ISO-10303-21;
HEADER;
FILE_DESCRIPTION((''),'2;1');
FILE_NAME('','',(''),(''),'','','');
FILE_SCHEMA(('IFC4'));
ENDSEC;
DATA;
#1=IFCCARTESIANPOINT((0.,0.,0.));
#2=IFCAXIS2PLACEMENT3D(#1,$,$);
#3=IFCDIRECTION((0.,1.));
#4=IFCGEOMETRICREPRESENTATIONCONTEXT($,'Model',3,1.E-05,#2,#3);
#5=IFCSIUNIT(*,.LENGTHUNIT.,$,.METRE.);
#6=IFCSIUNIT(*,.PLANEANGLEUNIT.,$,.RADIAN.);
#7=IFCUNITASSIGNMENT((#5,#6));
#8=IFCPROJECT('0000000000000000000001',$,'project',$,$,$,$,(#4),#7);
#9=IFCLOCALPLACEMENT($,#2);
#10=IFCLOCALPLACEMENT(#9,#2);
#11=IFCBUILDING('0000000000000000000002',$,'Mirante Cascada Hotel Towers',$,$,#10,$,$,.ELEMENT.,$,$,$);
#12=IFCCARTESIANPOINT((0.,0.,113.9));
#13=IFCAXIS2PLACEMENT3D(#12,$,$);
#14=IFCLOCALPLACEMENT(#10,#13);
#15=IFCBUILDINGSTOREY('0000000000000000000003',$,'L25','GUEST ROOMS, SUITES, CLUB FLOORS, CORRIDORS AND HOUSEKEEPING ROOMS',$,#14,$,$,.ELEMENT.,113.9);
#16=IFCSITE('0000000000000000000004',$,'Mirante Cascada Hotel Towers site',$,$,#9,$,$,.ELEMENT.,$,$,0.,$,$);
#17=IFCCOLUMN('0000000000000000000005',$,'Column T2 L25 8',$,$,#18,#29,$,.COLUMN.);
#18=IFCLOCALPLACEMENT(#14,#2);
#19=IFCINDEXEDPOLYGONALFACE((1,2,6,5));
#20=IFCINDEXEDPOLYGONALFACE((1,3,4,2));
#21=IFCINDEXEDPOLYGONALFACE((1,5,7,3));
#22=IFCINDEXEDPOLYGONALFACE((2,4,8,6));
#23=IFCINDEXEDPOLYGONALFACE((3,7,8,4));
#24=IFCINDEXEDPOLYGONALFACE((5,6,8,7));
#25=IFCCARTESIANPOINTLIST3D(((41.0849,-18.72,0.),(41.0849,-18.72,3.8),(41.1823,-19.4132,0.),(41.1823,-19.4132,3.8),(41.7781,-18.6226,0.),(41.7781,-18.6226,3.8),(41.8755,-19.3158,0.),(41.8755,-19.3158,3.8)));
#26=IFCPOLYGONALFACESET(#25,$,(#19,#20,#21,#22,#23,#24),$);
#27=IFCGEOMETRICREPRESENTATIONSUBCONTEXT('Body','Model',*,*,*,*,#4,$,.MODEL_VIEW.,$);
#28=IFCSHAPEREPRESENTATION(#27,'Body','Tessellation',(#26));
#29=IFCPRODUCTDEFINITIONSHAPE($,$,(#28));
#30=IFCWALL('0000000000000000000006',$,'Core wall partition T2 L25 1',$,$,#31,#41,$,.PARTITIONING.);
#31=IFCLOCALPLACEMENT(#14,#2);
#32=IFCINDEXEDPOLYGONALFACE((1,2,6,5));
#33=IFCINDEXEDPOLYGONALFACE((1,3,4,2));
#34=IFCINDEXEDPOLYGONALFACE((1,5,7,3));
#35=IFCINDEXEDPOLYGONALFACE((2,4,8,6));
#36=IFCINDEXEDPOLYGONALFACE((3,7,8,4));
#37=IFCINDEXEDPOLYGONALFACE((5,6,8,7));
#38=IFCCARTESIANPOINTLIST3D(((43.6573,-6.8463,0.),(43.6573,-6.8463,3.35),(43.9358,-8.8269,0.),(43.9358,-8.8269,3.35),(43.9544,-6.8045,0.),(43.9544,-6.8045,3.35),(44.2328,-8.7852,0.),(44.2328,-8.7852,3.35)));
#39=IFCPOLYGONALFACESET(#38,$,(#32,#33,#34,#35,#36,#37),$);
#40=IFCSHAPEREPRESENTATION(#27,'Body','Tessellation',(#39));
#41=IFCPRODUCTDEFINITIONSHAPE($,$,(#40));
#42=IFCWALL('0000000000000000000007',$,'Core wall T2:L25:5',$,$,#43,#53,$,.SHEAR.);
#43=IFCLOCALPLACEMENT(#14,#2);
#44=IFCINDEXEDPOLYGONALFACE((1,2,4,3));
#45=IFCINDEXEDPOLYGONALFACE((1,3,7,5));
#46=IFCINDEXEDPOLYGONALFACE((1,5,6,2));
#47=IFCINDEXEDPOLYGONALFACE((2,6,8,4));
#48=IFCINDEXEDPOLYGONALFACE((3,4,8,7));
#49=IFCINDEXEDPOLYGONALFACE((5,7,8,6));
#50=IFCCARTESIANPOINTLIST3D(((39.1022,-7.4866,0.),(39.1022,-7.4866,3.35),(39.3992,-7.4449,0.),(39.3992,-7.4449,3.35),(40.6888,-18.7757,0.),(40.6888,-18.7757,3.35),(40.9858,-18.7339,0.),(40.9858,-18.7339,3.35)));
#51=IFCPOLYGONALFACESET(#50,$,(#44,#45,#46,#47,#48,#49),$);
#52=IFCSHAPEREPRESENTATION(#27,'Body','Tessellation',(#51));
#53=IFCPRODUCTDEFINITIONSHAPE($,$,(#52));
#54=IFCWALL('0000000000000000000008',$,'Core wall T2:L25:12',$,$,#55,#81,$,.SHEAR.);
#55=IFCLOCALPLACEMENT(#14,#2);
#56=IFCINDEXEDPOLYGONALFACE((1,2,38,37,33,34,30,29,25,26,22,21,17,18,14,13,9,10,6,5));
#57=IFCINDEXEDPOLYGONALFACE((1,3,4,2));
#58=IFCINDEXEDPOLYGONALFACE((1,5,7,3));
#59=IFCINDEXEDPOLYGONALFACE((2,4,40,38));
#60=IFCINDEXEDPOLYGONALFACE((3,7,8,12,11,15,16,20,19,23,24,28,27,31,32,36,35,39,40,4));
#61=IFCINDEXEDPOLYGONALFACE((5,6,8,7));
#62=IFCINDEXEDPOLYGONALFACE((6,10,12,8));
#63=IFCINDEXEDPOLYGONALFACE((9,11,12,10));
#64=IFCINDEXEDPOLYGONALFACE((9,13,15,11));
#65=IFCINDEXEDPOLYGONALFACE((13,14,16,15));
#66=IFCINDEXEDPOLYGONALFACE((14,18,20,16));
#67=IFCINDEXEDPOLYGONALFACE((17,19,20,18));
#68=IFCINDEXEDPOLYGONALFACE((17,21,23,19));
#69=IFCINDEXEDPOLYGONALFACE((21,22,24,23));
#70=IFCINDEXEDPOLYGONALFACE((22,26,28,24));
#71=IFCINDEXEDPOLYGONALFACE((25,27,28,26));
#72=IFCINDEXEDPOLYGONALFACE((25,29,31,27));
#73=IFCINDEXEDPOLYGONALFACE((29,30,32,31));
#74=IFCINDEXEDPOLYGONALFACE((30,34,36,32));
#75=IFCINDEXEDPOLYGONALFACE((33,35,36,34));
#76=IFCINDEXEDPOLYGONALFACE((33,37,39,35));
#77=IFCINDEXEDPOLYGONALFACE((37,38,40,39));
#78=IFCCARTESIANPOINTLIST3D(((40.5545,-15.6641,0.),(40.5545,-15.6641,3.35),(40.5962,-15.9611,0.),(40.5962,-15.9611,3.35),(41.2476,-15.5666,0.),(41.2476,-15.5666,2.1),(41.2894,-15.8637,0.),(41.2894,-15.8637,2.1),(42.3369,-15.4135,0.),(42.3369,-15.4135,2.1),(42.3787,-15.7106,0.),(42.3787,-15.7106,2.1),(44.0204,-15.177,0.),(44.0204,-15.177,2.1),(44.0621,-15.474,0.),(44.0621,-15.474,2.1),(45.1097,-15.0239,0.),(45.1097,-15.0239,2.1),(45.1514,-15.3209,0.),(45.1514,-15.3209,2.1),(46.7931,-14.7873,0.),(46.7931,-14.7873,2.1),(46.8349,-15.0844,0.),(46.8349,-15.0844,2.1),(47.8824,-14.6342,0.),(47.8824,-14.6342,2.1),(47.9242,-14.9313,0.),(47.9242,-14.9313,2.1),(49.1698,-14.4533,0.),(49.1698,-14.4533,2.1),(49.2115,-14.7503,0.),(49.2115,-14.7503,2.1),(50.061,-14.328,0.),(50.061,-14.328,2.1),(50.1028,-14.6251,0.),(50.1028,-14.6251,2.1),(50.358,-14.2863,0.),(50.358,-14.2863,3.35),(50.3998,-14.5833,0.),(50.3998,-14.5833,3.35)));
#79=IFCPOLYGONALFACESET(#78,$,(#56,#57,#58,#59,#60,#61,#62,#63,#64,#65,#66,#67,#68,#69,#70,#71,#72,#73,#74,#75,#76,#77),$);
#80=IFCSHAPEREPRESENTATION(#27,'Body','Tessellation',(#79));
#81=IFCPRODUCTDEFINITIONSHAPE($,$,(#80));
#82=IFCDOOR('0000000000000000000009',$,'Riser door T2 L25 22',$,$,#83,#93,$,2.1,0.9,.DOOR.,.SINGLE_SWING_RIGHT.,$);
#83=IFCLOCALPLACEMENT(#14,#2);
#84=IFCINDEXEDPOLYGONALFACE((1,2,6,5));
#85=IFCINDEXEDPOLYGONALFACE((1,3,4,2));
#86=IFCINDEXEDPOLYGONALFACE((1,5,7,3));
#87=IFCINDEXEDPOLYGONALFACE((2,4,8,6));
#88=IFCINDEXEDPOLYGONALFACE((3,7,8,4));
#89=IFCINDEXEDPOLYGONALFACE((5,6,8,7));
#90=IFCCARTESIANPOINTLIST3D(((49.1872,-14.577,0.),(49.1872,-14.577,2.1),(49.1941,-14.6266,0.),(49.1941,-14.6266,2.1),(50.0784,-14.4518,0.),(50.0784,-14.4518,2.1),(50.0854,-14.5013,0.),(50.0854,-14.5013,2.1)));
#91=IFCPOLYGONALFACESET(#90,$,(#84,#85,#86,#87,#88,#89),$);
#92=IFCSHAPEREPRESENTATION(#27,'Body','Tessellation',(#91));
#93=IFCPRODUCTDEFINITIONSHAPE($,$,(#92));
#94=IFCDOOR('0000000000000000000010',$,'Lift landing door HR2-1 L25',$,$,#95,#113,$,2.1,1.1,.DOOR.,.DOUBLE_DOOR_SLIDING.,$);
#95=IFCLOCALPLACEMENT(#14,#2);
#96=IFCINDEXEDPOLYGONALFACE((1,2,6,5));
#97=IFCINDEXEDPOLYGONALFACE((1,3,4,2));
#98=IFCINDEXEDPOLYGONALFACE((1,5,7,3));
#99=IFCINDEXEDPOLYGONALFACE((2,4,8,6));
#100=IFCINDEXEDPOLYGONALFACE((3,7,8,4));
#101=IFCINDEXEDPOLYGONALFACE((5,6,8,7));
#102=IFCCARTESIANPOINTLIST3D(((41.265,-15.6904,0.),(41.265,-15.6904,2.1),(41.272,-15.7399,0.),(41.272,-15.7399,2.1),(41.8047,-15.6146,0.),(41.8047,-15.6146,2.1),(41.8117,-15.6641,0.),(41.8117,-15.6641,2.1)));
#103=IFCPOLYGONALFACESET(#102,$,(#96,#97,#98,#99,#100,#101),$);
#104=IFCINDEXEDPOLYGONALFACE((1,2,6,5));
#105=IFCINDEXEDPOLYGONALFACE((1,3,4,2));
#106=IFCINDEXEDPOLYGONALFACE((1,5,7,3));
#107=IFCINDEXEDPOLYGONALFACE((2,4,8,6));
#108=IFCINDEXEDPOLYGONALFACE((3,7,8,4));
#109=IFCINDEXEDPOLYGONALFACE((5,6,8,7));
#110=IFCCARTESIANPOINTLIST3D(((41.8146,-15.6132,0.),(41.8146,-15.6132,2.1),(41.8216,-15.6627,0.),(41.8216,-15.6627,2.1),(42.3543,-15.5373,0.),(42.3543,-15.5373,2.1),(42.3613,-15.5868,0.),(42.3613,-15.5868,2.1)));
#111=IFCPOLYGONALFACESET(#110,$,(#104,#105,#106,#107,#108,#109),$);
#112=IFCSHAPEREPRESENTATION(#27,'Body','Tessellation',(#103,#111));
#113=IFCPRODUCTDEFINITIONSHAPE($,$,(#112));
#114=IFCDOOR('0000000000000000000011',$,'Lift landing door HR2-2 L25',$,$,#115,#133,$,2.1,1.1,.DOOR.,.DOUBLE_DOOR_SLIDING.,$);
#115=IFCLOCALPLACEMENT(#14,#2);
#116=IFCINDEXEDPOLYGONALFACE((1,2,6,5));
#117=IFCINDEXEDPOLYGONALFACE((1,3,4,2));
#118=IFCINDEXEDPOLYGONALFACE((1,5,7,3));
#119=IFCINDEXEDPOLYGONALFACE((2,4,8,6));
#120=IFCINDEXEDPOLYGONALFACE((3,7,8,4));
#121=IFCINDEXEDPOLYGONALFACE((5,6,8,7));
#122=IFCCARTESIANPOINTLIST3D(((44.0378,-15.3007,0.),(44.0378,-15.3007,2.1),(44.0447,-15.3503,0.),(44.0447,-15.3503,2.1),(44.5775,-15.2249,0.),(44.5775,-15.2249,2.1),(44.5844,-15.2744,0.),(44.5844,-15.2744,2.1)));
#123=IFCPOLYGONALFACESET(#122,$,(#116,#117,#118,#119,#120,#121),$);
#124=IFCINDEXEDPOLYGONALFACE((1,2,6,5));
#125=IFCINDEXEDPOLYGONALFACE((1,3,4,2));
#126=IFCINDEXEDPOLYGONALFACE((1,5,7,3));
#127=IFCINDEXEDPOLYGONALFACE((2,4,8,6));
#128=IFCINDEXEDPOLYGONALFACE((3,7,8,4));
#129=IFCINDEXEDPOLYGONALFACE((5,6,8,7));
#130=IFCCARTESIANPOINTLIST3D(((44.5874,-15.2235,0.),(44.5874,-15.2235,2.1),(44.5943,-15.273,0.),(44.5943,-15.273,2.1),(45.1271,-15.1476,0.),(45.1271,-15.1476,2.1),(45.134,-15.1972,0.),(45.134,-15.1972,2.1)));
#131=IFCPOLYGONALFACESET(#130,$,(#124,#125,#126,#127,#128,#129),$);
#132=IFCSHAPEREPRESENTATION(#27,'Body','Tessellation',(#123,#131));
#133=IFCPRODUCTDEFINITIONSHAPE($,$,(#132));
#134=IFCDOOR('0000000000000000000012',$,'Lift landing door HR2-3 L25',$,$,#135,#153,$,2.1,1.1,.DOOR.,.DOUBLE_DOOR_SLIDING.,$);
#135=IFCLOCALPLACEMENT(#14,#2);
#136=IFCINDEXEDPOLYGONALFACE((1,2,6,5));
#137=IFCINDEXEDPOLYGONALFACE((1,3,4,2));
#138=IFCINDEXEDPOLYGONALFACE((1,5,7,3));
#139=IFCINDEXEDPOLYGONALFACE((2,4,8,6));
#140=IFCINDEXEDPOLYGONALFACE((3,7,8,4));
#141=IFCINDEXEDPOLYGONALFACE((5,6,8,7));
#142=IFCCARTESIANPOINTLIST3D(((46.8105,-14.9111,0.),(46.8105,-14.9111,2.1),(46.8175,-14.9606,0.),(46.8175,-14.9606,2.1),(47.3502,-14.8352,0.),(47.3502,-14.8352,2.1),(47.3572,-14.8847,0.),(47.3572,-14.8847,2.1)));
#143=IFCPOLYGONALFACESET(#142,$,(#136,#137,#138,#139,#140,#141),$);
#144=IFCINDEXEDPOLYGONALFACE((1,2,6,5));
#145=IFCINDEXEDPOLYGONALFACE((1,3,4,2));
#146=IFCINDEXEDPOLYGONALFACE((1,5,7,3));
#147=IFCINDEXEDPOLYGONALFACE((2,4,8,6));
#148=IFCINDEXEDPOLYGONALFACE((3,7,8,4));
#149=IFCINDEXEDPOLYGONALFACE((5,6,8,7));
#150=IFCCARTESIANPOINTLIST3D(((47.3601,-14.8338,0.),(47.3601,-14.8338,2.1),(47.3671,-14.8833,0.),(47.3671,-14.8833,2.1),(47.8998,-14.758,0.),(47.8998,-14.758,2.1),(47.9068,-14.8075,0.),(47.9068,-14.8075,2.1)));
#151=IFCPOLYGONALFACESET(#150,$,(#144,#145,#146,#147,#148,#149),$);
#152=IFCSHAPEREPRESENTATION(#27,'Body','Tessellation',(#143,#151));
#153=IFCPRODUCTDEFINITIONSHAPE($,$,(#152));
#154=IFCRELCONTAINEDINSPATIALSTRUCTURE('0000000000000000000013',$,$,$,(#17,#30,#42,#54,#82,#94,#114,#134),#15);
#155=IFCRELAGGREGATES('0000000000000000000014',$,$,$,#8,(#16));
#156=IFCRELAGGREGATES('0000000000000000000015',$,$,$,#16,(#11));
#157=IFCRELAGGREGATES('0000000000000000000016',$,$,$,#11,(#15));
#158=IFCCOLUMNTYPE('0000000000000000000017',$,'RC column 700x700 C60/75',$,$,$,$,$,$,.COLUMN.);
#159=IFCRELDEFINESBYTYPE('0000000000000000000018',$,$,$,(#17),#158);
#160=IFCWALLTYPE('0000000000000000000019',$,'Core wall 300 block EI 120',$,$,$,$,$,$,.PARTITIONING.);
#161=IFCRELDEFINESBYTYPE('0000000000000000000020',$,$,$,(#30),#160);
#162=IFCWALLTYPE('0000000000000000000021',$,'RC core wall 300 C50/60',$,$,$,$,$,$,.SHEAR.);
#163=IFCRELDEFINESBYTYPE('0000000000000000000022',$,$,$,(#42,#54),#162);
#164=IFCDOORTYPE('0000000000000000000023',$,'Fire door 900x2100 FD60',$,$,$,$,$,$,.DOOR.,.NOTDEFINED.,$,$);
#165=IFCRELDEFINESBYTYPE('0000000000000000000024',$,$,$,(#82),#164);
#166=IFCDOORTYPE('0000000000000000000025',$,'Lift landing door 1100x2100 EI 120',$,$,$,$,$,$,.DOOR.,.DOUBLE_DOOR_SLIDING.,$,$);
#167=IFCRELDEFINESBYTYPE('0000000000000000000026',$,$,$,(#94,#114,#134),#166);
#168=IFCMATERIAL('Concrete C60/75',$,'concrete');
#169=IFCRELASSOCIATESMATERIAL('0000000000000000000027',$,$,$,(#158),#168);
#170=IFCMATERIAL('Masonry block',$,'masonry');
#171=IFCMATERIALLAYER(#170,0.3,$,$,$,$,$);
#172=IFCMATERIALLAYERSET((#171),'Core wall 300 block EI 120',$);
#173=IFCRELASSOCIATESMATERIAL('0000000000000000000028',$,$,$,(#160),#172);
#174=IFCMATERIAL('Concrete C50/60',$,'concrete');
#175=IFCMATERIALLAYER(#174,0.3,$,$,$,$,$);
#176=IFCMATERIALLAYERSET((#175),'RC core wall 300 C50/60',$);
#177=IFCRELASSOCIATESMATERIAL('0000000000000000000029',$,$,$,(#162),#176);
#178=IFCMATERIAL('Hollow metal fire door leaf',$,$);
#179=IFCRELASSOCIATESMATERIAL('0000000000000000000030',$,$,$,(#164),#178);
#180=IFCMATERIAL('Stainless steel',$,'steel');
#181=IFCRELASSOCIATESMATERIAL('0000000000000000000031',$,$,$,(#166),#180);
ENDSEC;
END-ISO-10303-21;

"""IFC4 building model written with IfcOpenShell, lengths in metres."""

from ifc_helpers import new_model, si_unit, direction, frame, frame_2d, origin, origin_2d, place, context, subcontext, project, spatial, rectangle, extrude, material, layer, layer_set, material_profile, profile_set, type_object, element, fill, save


model = new_model("IFC4")

# Units and contexts
model_context = context("Model", 3, precision=1e-05, world=origin(), true_north=direction((0.0, 1.0)))
body_context = subcontext(model_context, "Body", "Model", "MODEL_VIEW")
ifc_project = project(units=[si_unit("LENGTHUNIT", "METRE"), si_unit("PLANEANGLEUNIT", "RADIAN")], contexts=[model_context])

# Site, building, storey
site_placement = place(None, origin())
site = spatial("IfcSite", under=ifc_project, at=site_placement, Name="Mirante Cascada Hotel Towers site", CompositionType="ELEMENT", RefElevation=0.0)
building_placement = place(site_placement, origin())
building = spatial("IfcBuilding", under=site, at=building_placement, Name="Mirante Cascada Hotel Towers", CompositionType="ELEMENT")
storey_placement = place(building_placement, frame((0.0, 0.0, 113.9)))
storey = spatial("IfcBuildingStorey", under=building, at=storey_placement, Name="L25", Description="GUEST ROOMS, SUITES, CLUB FLOORS, CORRIDORS AND HOUSEKEEPING ROOMS", CompositionType="ELEMENT", Elevation=113.9)

# Column
ifc_material_1 = material(Name="Concrete C60/75", Category="concrete")
ifc_material_profile = material_profile(ifc_material_1, rectangle(XDim=0.7, YDim=0.7, at=origin_2d()), Name="RC column 700x700 C60/75")
ifc_profile_set = profile_set([ifc_material_profile], Name="Concrete C60/75")
column_type = type_object("IfcColumnType", Name="RC column 700x700 C60/75", PredefinedType="COLUMN", material=ifc_profile_set)
column_placement = place(storey_placement, frame((41.4802, -19.0179, 0.0), z_axis=(0.0, 0.0, 1.0), x_axis=(0.990268, 0.139173, 0.0)))
element("IfcColumn", 1, at=column_placement, inside=storey, type_object=column_type, Name="Column T2 L25 8", PredefinedType="COLUMN", context=body_context, shape_type="SweptSolid", body=[
    extrude(rectangle(XDim=0.7, YDim=0.7, at=origin_2d()), origin(), (0.0, 0.0, 1.0), 3.8),
])

# Walls
ifc_material_2 = material(Name="Masonry block", Category="masonry")
ifc_layer_1 = layer(ifc_material_2, 0.3)
ifc_layer_set_1 = layer_set([ifc_layer_1], Name="Core wall 300 block EI 120")
wall_type_1 = type_object("IfcWallType", Name="Core wall 300 block EI 120", PredefinedType="PARTITIONING", material=ifc_layer_set_1)
wall_1_placement = place(storey_placement, frame((44.0843, -8.8061, 0.0), z_axis=(0.0, 0.0, 1.0), x_axis=(-0.139195, 0.990265, 0.0)))
element("IfcWall", 2, at=wall_1_placement, inside=storey, type_object=wall_type_1, Name="Core wall partition T2 L25 1", PredefinedType="PARTITIONING", context=body_context, shape_type="SweptSolid", body=[
    extrude(rectangle(XDim=2.0001, YDim=0.3, at=frame_2d((1.0001, 0.0))), origin(), (0.0, 0.0, 1.0), 3.35),
])
ifc_material_3 = material(Name="Concrete C50/60", Category="concrete")
ifc_layer_2 = layer(ifc_material_3, 0.3)
ifc_layer_set_2 = layer_set([ifc_layer_2], Name="RC core wall 300 C50/60")
wall_type_2 = type_object("IfcWallType", Name="RC core wall 300 C50/60", PredefinedType="SHEAR", material=ifc_layer_set_2)
wall_2_placement = place(storey_placement, frame((40.8373, -18.7548, 0.0), z_axis=(0.0, 0.0, 1.0), x_axis=(-0.139175, 0.990268, 0.0)))
element("IfcWall", 3, at=wall_2_placement, inside=storey, type_object=wall_type_2, Name="Core wall T2:L25:5", PredefinedType="SHEAR", context=body_context, shape_type="SweptSolid", body=[
    extrude(rectangle(XDim=11.4, YDim=0.3, at=frame_2d((5.7, 0.0))), origin(), (0.0, 0.0, 1.0), 3.35),
])

# Wall, openings, doors
wall_3_placement = place(storey_placement, frame((40.5753, -15.8126, 0.0), z_axis=(0.0, 0.0, 1.0), x_axis=(0.990268, 0.139173, 0.0)))
wall_3 = element("IfcWall", 4, at=wall_3_placement, inside=storey, type_object=wall_type_2, Name="Core wall T2:L25:12", PredefinedType="SHEAR", context=body_context, shape_type="SweptSolid", body=[
    extrude(rectangle(XDim=9.8999, YDim=0.3, at=frame_2d((4.95, 0.0))), origin(), (0.0, 0.0, 1.0), 3.35),
])
opening_1_placement = place(wall_3_placement, frame((0.7, 0.0, 0.0)))
opening_1 = element("IfcOpeningElement", 5, at=opening_1_placement, cuts=wall_3, PredefinedType="OPENING", context=body_context, shape_type="SweptSolid", body=[
    extrude(rectangle(XDim=1.1, YDim=2.1, at=frame_2d((0.55, 1.05))), frame((0.0, 0.15, 0.0), z_axis=(0.0, -1.0, 0.0), x_axis=(1.0, 0.0, 0.0)), (0.0, 0.0, 1.0), 0.3),
])
opening_2_placement = place(wall_3_placement, frame((3.5, 0.0, 0.0)))
opening_2 = element("IfcOpeningElement", 6, at=opening_2_placement, cuts=wall_3, PredefinedType="OPENING", context=body_context, shape_type="SweptSolid", body=[
    extrude(rectangle(XDim=1.1, YDim=2.1, at=frame_2d((0.55, 1.05))), frame((0.0, 0.15, 0.0), z_axis=(0.0, -1.0, 0.0), x_axis=(1.0, 0.0, 0.0)), (0.0, 0.0, 1.0), 0.3),
])
opening_3_placement = place(wall_3_placement, frame((6.3, 0.0, 0.0)))
opening_3 = element("IfcOpeningElement", 7, at=opening_3_placement, cuts=wall_3, PredefinedType="OPENING", context=body_context, shape_type="SweptSolid", body=[
    extrude(rectangle(XDim=1.1, YDim=2.1, at=frame_2d((0.55, 1.05))), frame((0.0, 0.15, 0.0), z_axis=(0.0, -1.0, 0.0), x_axis=(1.0, 0.0, 0.0)), (0.0, 0.0, 1.0), 0.3),
])
opening_4_placement = place(wall_3_placement, frame((8.7, 0.0, 0.0)))
opening_4 = element("IfcOpeningElement", 8, at=opening_4_placement, cuts=wall_3, PredefinedType="OPENING", context=body_context, shape_type="SweptSolid", body=[
    extrude(rectangle(XDim=0.9, YDim=2.1, at=frame_2d((0.45, 1.05))), frame((0.0, 0.15, 0.0), z_axis=(0.0, -1.0, 0.0), x_axis=(1.0, 0.0, 0.0)), (0.0, 0.0, 1.0), 0.3),
])
ifc_material_4 = material(Name="Hollow metal fire door leaf")
door_type_1 = type_object("IfcDoorType", Name="Fire door 900x2100 FD60", OperationType="NOTDEFINED", PredefinedType="DOOR", material=ifc_material_4)
door_1_placement = place(opening_4_placement, frame((0.9, 0.0, 0.0), z_axis=(0.0, 0.0, 1.0), x_axis=(-1.0, 0.0, 0.0)))
door_1 = element("IfcDoor", 9, at=door_1_placement, inside=storey, type_object=door_type_1, Name="Riser door T2 L25 22", OperationType="SINGLE_SWING_RIGHT", OverallHeight=2.1, OverallWidth=0.9, PredefinedType="DOOR", context=body_context, shape_type="SweptSolid", body=[
    extrude(rectangle(XDim=0.9, YDim=2.1, at=frame_2d((0.45, 1.05))), frame((0.0, 0.025, 0.0), z_axis=(0.0, -1.0, 0.0), x_axis=(1.0, 0.0, 0.0)), (0.0, 0.0, 1.0), 0.05),
])
fill(opening_4, door_1)
ifc_material_5 = material(Name="Stainless steel", Category="steel")
door_type_2 = type_object("IfcDoorType", Name="Lift landing door 1100x2100 EI 120", OperationType="DOUBLE_DOOR_SLIDING", PredefinedType="DOOR", material=ifc_material_5)
door_2_placement = place(opening_1_placement, origin())
door_2 = element("IfcDoor", 10, at=door_2_placement, inside=storey, type_object=door_type_2, Name="Lift landing door HR2-1 L25", OperationType="DOUBLE_DOOR_SLIDING", OverallHeight=2.1, OverallWidth=1.1, PredefinedType="DOOR", context=body_context, shape_type="SweptSolid", body=[
    extrude(rectangle(XDim=0.545, YDim=2.1, at=frame_2d((0.2725, 1.05))), frame((0.0, 0.025, 0.0), z_axis=(0.0, -1.0, 0.0), x_axis=(1.0, 0.0, 0.0)), (0.0, 0.0, 1.0), 0.05),
    extrude(rectangle(XDim=0.545, YDim=2.1, at=frame_2d((0.8275, 1.05))), frame((0.0, 0.025, 0.0), z_axis=(0.0, -1.0, 0.0), x_axis=(1.0, 0.0, 0.0)), (0.0, 0.0, 1.0), 0.05),
])
fill(opening_1, door_2)
door_3_placement = place(opening_2_placement, origin())
door_3 = element("IfcDoor", 11, at=door_3_placement, inside=storey, type_object=door_type_2, Name="Lift landing door HR2-2 L25", OperationType="DOUBLE_DOOR_SLIDING", OverallHeight=2.1, OverallWidth=1.1, PredefinedType="DOOR", context=body_context, shape_type="SweptSolid", body=[
    extrude(rectangle(XDim=0.545, YDim=2.1, at=frame_2d((0.2725, 1.05))), frame((0.0, 0.025, 0.0), z_axis=(0.0, -1.0, 0.0), x_axis=(1.0, 0.0, 0.0)), (0.0, 0.0, 1.0), 0.05),
    extrude(rectangle(XDim=0.545, YDim=2.1, at=frame_2d((0.8275, 1.05))), frame((0.0, 0.025, 0.0), z_axis=(0.0, -1.0, 0.0), x_axis=(1.0, 0.0, 0.0)), (0.0, 0.0, 1.0), 0.05),
])
fill(opening_2, door_3)
door_4_placement = place(opening_3_placement, origin())
door_4 = element("IfcDoor", 12, at=door_4_placement, inside=storey, type_object=door_type_2, Name="Lift landing door HR2-3 L25", OperationType="DOUBLE_DOOR_SLIDING", OverallHeight=2.1, OverallWidth=1.1, PredefinedType="DOOR", context=body_context, shape_type="SweptSolid", body=[
    extrude(rectangle(XDim=0.545, YDim=2.1, at=frame_2d((0.2725, 1.05))), frame((0.0, 0.025, 0.0), z_axis=(0.0, -1.0, 0.0), x_axis=(1.0, 0.0, 0.0)), (0.0, 0.0, 1.0), 0.05),
    extrude(rectangle(XDim=0.545, YDim=2.1, at=frame_2d((0.8275, 1.05))), frame((0.0, 0.025, 0.0), z_axis=(0.0, -1.0, 0.0), x_axis=(1.0, 0.0, 0.0)), (0.0, 0.0, 1.0), 0.05),
])
fill(opening_3, door_4)

save(model, "model.ifc")
